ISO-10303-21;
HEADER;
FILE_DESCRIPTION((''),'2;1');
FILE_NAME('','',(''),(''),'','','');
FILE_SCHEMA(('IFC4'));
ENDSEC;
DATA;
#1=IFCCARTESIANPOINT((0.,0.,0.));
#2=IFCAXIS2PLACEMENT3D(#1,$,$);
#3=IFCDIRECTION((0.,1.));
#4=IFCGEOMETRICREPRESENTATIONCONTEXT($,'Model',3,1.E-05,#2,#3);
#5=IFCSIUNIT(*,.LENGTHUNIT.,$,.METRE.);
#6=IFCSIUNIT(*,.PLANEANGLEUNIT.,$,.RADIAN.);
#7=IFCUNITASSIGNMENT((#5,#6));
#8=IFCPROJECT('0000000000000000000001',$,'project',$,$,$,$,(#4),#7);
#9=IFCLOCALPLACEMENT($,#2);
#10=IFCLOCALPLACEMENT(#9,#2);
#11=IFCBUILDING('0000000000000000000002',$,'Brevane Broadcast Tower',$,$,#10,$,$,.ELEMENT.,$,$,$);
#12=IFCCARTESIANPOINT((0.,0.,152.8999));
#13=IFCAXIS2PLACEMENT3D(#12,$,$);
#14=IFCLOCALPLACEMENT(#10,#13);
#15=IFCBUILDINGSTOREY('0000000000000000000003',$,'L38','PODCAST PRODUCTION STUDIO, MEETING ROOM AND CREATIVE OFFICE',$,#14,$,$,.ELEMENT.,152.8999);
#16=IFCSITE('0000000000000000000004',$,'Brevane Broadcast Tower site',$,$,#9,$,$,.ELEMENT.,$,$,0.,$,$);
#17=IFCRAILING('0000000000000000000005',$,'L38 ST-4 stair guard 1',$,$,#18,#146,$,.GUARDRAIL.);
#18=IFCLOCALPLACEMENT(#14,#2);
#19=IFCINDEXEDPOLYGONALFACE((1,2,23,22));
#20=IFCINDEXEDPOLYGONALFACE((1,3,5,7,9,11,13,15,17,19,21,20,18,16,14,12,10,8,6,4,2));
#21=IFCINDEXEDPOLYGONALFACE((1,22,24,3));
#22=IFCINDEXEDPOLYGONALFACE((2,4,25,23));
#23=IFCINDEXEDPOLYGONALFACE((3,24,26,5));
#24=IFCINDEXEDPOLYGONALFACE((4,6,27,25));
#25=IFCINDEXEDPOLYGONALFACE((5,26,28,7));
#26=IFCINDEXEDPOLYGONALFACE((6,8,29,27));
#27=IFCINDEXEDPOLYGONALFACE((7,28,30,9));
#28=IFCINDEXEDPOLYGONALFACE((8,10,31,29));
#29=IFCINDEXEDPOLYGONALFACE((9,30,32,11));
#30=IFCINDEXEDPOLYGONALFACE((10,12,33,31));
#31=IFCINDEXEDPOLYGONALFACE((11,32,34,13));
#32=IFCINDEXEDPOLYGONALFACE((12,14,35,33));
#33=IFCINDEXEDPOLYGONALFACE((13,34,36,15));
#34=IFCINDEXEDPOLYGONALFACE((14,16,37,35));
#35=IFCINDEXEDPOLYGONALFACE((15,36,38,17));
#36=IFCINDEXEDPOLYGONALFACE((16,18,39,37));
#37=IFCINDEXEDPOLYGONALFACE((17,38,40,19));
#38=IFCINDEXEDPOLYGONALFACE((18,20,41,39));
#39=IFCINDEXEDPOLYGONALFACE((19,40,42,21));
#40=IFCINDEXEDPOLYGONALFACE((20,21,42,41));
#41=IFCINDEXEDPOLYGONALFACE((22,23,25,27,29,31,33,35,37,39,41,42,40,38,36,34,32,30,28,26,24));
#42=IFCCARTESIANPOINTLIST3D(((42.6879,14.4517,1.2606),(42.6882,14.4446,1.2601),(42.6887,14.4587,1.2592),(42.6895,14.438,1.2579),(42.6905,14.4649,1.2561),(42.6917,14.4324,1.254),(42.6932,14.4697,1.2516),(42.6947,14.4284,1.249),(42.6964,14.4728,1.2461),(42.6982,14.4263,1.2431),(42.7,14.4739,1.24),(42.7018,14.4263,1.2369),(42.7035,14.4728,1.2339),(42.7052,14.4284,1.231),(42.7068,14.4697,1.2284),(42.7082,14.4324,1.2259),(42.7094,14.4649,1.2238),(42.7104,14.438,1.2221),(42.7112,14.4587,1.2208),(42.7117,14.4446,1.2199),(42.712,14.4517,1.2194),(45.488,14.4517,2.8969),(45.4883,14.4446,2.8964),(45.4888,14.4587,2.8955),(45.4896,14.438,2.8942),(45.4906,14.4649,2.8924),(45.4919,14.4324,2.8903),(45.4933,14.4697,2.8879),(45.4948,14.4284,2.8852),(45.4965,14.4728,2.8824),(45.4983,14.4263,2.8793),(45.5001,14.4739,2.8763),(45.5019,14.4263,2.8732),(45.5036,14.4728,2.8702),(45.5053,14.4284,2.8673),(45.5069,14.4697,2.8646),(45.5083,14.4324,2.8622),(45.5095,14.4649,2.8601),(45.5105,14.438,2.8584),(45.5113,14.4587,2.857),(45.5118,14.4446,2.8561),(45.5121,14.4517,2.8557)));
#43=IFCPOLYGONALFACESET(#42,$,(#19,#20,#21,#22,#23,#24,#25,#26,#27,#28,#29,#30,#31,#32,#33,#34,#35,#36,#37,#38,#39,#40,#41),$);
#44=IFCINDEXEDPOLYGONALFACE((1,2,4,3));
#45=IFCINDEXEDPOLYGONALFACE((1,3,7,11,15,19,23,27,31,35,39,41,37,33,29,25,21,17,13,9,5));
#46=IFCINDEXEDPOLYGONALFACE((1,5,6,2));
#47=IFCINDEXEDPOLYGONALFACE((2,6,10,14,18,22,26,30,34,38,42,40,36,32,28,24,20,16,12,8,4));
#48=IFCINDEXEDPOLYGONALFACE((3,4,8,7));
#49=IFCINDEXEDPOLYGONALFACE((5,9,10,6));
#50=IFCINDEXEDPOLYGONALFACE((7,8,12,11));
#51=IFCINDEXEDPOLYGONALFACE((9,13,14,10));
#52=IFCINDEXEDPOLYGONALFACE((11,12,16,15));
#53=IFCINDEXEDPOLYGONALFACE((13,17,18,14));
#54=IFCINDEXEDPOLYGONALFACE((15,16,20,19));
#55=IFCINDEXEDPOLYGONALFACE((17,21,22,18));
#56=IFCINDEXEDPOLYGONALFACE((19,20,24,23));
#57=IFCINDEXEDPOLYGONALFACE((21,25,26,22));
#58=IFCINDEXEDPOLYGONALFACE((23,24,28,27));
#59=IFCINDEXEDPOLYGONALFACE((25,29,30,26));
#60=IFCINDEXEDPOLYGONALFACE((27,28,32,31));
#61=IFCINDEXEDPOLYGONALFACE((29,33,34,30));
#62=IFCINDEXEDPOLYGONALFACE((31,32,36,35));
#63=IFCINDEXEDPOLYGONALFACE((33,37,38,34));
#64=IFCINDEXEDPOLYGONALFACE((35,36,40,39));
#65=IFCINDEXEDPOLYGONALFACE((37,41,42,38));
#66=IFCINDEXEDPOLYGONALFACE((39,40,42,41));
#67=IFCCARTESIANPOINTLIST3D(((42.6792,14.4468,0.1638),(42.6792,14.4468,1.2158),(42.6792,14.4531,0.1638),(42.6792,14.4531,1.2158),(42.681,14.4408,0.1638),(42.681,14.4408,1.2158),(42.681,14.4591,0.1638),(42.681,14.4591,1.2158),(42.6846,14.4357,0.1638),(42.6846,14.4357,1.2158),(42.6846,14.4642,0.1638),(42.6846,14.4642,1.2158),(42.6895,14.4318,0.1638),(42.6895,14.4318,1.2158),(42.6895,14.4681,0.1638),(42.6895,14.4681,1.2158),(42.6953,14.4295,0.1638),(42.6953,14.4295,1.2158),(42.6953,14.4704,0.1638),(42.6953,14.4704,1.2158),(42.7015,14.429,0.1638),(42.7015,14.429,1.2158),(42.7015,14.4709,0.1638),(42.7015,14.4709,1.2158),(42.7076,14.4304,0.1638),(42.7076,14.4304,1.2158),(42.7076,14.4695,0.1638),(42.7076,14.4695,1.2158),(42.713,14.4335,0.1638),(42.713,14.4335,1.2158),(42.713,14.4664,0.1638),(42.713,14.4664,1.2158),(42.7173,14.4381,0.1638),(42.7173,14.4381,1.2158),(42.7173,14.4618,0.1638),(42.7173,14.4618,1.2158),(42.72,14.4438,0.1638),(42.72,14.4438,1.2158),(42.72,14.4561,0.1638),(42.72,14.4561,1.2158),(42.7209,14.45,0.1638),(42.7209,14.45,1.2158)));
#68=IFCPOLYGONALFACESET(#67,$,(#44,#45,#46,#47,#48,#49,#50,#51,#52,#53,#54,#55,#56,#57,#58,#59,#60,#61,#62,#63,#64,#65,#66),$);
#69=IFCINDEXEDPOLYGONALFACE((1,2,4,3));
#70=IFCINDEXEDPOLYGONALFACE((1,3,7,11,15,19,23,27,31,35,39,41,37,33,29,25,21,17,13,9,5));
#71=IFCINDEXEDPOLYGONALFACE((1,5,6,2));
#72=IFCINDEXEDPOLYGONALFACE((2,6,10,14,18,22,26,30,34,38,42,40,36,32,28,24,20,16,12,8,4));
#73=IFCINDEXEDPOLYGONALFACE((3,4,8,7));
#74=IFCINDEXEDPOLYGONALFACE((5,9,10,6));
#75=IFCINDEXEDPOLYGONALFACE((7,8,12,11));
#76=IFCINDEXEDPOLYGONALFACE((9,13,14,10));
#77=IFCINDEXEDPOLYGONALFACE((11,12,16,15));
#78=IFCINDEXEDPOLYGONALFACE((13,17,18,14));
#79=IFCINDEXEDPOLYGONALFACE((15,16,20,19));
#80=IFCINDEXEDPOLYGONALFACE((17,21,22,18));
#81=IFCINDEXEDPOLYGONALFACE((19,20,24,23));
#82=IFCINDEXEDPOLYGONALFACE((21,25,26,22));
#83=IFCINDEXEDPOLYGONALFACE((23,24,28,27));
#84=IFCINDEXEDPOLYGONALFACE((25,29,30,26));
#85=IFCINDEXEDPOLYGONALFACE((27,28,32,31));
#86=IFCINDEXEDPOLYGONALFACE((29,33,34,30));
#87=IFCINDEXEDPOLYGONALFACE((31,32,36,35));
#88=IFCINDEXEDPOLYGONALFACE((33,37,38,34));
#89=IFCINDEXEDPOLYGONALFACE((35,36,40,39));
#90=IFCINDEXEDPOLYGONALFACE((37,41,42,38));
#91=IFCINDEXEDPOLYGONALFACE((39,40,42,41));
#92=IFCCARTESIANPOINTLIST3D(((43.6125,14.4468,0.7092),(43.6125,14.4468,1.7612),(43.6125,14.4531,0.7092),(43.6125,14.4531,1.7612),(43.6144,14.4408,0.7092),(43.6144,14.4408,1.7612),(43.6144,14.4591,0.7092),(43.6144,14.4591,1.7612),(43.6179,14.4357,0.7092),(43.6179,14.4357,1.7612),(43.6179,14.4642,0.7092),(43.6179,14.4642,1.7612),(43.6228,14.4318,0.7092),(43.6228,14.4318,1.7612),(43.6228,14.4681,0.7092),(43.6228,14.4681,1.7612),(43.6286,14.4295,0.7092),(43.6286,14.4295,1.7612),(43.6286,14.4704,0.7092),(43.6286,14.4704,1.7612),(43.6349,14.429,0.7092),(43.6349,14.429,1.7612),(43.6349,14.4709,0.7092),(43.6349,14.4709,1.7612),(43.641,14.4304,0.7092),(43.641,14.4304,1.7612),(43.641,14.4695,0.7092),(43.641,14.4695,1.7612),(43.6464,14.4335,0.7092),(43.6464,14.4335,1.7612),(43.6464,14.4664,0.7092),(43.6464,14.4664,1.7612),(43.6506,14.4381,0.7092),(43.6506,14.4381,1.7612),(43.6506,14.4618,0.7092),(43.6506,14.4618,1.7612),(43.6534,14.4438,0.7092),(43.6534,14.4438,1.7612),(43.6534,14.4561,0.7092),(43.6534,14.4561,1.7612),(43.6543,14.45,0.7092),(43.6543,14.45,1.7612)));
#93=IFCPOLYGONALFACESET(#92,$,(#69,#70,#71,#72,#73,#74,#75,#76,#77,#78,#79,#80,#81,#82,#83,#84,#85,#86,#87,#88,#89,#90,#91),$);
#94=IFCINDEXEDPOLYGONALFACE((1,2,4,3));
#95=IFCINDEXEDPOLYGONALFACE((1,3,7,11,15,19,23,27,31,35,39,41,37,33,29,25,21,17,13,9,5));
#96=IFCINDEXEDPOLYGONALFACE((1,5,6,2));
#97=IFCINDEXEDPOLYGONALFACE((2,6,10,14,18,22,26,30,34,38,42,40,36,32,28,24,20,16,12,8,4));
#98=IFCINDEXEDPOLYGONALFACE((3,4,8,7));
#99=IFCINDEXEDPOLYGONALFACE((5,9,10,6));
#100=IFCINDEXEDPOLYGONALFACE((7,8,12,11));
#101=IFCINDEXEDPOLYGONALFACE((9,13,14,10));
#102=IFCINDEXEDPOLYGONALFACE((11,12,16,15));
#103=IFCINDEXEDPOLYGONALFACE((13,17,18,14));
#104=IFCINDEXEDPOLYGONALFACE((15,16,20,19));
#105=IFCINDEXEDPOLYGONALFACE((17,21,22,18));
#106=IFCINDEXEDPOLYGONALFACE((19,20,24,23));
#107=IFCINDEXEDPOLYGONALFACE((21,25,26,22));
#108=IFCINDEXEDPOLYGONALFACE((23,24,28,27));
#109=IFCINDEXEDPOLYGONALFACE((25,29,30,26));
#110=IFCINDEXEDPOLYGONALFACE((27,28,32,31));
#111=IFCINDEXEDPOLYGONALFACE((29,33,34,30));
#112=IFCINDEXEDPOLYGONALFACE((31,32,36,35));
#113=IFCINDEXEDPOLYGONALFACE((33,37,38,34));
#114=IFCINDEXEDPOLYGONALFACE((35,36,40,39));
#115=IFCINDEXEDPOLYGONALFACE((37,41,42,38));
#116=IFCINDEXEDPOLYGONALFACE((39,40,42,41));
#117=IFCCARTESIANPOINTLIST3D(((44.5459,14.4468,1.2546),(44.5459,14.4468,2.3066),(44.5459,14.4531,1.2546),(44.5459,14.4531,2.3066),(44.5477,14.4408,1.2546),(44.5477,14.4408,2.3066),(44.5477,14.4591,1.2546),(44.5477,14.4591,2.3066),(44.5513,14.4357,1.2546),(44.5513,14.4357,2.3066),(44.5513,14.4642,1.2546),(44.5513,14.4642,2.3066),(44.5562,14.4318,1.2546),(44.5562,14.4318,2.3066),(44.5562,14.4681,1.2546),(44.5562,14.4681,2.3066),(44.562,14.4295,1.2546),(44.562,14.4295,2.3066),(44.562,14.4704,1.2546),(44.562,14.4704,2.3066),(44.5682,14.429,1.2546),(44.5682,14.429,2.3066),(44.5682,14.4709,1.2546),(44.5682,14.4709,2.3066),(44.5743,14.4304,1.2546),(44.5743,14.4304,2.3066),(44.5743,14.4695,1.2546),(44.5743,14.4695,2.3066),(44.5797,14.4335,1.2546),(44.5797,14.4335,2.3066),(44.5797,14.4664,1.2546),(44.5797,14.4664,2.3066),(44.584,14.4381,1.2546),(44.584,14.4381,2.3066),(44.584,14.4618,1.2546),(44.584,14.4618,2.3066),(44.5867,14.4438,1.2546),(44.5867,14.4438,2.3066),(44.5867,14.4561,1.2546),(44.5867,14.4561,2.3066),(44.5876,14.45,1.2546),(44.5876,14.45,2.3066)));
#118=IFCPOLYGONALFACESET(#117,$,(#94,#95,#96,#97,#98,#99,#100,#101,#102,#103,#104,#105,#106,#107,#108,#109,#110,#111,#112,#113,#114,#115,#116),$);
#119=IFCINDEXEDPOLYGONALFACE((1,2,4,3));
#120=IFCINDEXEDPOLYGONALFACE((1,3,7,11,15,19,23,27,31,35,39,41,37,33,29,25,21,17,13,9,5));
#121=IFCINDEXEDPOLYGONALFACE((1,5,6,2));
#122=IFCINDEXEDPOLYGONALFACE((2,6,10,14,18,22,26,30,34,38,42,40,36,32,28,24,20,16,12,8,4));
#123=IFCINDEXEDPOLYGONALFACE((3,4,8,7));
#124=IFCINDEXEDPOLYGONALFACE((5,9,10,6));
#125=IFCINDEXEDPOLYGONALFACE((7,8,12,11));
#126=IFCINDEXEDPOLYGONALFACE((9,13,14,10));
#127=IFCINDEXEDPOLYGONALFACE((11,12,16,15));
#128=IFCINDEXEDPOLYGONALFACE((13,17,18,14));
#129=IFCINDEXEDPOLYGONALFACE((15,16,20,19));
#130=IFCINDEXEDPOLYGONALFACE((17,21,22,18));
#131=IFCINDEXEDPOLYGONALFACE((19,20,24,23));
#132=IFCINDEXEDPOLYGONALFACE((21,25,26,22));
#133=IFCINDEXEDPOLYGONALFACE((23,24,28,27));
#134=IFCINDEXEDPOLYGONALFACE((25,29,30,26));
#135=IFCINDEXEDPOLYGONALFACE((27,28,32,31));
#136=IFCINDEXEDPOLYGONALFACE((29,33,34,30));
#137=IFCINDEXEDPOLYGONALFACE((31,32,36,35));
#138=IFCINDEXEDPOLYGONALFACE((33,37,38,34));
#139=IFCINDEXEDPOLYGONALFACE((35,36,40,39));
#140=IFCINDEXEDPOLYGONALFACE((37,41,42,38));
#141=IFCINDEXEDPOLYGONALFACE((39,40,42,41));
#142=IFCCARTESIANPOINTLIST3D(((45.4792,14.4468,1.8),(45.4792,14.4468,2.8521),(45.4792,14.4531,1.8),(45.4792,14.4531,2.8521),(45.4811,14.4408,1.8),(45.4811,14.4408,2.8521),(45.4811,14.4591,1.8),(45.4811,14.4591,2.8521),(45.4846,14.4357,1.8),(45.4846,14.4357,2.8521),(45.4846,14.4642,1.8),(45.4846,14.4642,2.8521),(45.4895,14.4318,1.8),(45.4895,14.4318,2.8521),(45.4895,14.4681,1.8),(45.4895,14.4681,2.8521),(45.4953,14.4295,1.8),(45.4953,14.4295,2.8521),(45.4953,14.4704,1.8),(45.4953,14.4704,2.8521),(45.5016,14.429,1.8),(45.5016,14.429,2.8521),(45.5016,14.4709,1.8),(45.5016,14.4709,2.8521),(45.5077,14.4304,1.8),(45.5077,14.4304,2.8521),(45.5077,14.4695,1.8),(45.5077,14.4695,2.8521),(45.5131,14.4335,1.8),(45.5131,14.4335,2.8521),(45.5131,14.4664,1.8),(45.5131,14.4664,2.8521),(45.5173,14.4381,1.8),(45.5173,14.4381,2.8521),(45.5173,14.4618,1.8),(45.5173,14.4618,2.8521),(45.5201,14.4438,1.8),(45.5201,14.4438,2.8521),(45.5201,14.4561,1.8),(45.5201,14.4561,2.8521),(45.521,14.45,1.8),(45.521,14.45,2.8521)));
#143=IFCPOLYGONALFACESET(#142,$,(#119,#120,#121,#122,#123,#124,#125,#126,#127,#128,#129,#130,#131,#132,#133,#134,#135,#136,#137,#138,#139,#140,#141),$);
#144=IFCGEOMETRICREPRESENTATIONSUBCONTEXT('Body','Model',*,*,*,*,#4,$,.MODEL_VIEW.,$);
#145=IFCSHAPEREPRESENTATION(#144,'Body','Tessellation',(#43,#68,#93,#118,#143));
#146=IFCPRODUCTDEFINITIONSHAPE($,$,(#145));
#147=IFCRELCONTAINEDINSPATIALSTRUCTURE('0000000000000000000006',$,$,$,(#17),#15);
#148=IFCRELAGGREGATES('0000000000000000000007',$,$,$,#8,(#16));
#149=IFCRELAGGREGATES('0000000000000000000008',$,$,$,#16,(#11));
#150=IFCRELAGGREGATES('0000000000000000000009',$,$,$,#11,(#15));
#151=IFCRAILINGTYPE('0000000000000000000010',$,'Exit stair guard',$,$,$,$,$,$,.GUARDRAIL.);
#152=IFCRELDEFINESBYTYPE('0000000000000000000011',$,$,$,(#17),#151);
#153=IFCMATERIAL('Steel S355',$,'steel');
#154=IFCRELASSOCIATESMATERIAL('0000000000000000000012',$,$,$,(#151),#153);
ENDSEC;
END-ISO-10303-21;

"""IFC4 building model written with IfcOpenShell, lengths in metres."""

from ifc_helpers import new_model, si_unit, direction, frame, origin, origin_2d, place, context, subcontext, project, spatial, circle, extrude, material, type_object, element, save


model = new_model("IFC4")

# Units and contexts
model_context = context("Model", 3, precision=1e-05, world=origin(), true_north=direction((0.0, 1.0)))
body_context = subcontext(model_context, "Body", "Model", "MODEL_VIEW")
ifc_project = project(units=[si_unit("LENGTHUNIT", "METRE"), si_unit("PLANEANGLEUNIT", "RADIAN")], contexts=[model_context])

# Site, building, storey
site_placement = place(None, origin())
site = spatial("IfcSite", under=ifc_project, at=site_placement, Name="Brevane Broadcast Tower site", CompositionType="ELEMENT", RefElevation=0.0)
building_placement = place(site_placement, origin())
building = spatial("IfcBuilding", under=site, at=building_placement, Name="Brevane Broadcast Tower", CompositionType="ELEMENT")
storey_placement = place(building_placement, frame((0.0, 0.0, 152.8999)))
storey = spatial("IfcBuildingStorey", under=building, at=storey_placement, Name="L38", Description="PODCAST PRODUCTION STUDIO, MEETING ROOM AND CREATIVE OFFICE", CompositionType="ELEMENT", Elevation=152.8999)

# Railing
ifc_material_1 = material(Name="Steel S355", Category="steel")
railing_type_1 = type_object("IfcRailingType", Name="Exit stair guard", PredefinedType="GUARDRAIL", material=ifc_material_1)
railing_1_placement = place(storey_placement, frame((42.7, 14.45, 0.1638)))
element("IfcRailing", 1, at=railing_1_placement, inside=storey, type_object=railing_type_1, Name="L38 ST-4 stair guard 1", PredefinedType="GUARDRAIL", context=body_context, shape_type="SweptSolid", body=[
    extrude(circle(Radius=0.0239, at=origin_2d()), frame((0.0, 0.0, 1.0762), z_axis=(0.863394, 0.0, 0.504531), x_axis=(0.0, 1.0, 0.0)), (0.0, 0.0, 1.0), 3.2432),
    extrude(circle(Radius=0.021, at=origin_2d()), origin(), (0.0, 0.0, 1.0), 1.052),
    extrude(circle(Radius=0.021, at=origin_2d()), frame((0.9333, 0.0, 0.5454)), (0.0, 0.0, 1.0), 1.052),
    extrude(circle(Radius=0.021, at=origin_2d()), frame((1.8667, 0.0, 1.0908)), (0.0, 0.0, 1.0), 1.052),
    extrude(circle(Radius=0.021, at=origin_2d()), frame((2.8, 0.0, 1.6362)), (0.0, 0.0, 1.0), 1.052),
])

save(model, "model.ifc")
